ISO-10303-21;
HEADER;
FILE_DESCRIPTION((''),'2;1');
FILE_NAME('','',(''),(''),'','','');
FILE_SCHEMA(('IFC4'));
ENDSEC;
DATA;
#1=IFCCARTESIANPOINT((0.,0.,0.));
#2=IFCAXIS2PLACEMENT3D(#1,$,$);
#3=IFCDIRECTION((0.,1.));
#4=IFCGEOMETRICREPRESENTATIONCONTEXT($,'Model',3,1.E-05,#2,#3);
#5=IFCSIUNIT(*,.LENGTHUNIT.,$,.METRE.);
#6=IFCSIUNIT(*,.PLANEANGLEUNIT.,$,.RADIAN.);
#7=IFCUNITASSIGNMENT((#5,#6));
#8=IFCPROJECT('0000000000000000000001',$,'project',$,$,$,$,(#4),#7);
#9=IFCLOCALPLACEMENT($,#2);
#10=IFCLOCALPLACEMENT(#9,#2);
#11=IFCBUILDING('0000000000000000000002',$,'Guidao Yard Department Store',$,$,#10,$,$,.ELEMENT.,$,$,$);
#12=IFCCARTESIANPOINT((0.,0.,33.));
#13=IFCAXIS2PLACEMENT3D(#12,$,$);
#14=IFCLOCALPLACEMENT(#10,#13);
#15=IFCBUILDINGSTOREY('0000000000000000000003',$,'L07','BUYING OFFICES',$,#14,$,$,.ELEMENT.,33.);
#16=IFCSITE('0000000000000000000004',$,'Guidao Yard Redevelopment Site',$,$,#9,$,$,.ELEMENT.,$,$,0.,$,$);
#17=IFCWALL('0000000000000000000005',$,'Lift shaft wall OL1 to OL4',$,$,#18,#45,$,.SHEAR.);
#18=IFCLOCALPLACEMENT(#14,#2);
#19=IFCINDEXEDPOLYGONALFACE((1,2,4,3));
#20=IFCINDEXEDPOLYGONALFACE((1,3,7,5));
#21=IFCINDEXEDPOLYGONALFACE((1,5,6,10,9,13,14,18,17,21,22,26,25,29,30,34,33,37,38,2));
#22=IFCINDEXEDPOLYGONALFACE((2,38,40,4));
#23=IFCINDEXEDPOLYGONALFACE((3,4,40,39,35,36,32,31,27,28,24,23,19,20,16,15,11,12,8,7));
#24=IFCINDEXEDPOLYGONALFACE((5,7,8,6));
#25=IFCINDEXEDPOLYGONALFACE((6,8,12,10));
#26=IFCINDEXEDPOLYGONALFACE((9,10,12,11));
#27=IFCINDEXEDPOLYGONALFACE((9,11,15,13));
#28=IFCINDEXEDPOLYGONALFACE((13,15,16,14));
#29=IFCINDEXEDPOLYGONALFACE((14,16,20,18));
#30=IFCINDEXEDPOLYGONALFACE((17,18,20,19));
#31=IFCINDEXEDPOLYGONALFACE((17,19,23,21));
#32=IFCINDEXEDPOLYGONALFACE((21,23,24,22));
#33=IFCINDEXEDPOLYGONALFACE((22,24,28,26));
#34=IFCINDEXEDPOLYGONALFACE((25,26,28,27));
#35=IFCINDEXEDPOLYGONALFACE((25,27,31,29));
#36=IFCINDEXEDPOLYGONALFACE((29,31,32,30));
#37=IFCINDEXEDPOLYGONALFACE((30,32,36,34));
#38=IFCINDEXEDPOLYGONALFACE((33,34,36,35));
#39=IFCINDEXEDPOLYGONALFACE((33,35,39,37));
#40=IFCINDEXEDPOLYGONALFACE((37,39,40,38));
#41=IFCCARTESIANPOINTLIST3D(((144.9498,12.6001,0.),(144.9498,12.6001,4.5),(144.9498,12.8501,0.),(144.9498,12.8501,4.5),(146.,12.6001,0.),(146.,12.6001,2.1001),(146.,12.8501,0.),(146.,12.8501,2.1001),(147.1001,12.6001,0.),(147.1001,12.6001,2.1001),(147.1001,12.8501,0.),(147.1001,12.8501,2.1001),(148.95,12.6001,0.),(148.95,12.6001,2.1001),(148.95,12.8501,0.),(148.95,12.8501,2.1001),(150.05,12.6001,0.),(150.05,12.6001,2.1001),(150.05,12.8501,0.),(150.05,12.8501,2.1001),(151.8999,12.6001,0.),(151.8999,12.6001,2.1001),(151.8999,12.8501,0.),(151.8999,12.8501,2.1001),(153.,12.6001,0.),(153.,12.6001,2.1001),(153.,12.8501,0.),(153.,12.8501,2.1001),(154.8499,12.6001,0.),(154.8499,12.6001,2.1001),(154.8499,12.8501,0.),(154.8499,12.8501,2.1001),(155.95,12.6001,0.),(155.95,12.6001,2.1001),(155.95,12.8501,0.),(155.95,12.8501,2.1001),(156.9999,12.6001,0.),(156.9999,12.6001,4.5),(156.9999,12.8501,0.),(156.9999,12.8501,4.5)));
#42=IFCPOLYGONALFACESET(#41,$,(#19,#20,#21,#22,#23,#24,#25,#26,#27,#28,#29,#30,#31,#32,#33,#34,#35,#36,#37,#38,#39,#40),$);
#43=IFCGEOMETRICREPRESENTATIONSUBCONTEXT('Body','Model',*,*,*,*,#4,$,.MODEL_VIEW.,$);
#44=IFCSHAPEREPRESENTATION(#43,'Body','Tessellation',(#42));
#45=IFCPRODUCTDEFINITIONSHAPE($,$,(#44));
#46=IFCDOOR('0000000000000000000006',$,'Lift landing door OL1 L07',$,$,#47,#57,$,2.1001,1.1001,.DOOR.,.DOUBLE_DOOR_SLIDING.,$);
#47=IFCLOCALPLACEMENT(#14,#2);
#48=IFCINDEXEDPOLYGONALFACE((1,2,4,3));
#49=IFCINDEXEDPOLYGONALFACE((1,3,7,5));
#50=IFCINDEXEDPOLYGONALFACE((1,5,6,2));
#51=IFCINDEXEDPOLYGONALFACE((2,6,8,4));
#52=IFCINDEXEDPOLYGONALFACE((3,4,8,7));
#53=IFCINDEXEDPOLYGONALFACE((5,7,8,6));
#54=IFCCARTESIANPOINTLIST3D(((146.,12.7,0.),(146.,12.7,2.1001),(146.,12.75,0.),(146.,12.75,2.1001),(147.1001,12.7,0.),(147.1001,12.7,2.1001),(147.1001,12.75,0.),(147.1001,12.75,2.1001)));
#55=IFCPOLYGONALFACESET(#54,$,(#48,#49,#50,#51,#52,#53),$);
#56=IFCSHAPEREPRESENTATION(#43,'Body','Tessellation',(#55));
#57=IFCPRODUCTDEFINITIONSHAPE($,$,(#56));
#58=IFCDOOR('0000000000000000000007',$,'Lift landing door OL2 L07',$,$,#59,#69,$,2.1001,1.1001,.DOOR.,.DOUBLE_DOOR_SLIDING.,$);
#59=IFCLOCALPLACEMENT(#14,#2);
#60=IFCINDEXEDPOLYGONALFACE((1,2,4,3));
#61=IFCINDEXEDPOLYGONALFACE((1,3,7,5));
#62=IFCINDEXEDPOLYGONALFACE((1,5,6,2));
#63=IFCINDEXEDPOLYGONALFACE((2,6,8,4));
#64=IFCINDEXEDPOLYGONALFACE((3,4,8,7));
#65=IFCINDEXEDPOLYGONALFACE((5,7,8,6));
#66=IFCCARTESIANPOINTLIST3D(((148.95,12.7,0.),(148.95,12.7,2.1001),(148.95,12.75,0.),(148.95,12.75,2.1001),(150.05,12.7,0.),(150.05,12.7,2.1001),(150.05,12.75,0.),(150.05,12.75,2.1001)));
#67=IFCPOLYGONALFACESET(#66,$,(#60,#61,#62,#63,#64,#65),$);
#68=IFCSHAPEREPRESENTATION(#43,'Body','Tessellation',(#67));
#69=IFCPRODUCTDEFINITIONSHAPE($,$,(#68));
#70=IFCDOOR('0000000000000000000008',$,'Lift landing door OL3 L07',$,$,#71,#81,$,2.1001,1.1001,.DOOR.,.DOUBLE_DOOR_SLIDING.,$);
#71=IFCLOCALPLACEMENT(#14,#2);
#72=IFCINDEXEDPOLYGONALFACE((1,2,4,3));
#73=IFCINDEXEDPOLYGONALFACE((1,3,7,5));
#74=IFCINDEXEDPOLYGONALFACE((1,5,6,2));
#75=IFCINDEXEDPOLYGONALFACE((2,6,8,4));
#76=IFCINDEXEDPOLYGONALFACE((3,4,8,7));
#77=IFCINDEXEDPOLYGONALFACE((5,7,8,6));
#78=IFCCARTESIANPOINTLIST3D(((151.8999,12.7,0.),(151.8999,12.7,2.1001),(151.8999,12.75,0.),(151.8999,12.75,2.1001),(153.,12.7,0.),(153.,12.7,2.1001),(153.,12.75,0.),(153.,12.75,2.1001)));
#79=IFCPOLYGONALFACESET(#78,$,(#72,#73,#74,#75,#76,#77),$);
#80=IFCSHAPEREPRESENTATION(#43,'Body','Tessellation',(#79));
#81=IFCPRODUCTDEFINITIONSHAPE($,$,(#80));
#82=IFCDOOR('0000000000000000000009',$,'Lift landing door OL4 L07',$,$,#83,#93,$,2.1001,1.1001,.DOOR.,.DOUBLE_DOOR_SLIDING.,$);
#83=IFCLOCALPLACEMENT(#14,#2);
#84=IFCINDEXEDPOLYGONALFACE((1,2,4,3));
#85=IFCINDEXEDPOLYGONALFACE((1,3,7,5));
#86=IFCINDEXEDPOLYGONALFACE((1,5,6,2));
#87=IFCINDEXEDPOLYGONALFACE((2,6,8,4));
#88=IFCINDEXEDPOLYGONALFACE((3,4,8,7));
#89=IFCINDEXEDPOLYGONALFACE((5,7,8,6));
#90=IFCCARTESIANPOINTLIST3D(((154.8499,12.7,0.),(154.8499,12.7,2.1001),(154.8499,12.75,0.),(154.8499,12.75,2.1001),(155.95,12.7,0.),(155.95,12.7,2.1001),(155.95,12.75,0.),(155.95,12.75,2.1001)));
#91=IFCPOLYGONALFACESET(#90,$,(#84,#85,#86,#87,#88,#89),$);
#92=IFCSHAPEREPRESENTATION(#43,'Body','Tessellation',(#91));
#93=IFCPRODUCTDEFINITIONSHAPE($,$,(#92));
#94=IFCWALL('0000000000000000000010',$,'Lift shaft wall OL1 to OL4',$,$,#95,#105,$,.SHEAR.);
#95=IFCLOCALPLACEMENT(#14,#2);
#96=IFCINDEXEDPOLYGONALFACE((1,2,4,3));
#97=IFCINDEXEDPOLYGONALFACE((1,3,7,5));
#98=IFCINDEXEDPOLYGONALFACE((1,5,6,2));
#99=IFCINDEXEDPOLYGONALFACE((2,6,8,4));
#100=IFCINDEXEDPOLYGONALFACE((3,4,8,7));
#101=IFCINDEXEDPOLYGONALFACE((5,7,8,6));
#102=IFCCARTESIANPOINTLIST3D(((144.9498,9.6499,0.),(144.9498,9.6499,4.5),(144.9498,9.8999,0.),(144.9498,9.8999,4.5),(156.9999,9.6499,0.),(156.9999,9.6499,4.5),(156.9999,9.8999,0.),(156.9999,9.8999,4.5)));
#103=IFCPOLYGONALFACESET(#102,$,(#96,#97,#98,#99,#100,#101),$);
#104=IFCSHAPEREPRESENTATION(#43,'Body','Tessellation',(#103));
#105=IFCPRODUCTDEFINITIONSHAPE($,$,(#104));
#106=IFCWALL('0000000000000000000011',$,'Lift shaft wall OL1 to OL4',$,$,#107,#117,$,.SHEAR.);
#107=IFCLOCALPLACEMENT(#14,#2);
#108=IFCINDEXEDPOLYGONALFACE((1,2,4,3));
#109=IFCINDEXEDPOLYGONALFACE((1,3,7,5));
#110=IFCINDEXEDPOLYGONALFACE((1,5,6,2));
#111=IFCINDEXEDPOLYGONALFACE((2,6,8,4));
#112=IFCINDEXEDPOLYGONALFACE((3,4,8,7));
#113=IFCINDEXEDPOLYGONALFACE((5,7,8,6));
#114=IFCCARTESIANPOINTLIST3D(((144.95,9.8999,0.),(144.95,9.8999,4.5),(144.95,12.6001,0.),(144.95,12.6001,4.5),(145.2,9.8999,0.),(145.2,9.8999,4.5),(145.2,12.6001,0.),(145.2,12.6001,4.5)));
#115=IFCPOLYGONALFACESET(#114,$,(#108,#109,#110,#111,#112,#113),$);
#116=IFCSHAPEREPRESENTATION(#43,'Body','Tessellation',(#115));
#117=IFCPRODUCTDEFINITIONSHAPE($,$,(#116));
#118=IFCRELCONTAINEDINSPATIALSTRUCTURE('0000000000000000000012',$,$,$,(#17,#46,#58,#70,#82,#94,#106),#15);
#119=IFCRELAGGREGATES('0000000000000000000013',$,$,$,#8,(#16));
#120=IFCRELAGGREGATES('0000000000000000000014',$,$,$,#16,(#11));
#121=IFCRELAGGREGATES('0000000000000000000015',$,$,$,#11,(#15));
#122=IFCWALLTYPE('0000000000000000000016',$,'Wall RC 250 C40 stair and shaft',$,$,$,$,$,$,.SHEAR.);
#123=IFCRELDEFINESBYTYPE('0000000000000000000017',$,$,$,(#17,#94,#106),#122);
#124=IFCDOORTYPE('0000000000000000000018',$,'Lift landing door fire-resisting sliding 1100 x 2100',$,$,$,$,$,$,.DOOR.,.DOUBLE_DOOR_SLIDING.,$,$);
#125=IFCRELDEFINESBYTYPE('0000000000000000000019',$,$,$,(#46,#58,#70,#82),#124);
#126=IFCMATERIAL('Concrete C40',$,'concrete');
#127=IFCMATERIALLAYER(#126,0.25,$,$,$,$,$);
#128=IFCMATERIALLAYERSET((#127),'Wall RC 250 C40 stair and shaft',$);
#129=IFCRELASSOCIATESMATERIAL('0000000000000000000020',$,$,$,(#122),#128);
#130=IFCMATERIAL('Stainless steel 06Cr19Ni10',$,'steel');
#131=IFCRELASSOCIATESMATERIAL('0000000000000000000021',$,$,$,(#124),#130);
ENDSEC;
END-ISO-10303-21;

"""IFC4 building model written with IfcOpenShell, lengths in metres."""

from ifc_helpers import new_model, si_unit, direction, frame, frame_2d, origin, place, context, subcontext, project, spatial, rectangle, extrude, material, layer, layer_set, type_object, element, fill, save


model = new_model("IFC4")

# Units and contexts
model_context = context("Model", 3, precision=1e-05, world=origin(), true_north=direction((0.0, 1.0)))
body_context = subcontext(model_context, "Body", "Model", "MODEL_VIEW")
ifc_project = project(units=[si_unit("LENGTHUNIT", "METRE"), si_unit("PLANEANGLEUNIT", "RADIAN")], contexts=[model_context])

# Site, building, storey
site_placement = place(None, origin())
site = spatial("IfcSite", under=ifc_project, at=site_placement, Name="Guidao Yard Redevelopment Site", CompositionType="ELEMENT", RefElevation=0.0)
building_placement = place(site_placement, origin())
building = spatial("IfcBuilding", under=site, at=building_placement, Name="Guidao Yard Department Store", CompositionType="ELEMENT")
storey_placement = place(building_placement, frame((0.0, 0.0, 33.0)))
storey = spatial("IfcBuildingStorey", under=building, at=storey_placement, Name="L07", Description="BUYING OFFICES", CompositionType="ELEMENT", Elevation=33.0)

# Wall, openings, doors
ifc_material_1 = material(Name="Concrete C40", Category="concrete")
ifc_layer_1 = layer(ifc_material_1, 0.25)
ifc_layer_set_1 = layer_set([ifc_layer_1], Name="Wall RC 250 C40 stair and shaft")
wall_type_1 = type_object("IfcWallType", Name="Wall RC 250 C40 stair and shaft", PredefinedType="SHEAR", material=ifc_layer_set_1)
wall_1_placement = place(storey_placement, frame((144.95, 12.7251, 0.0), z_axis=(0.0, 0.0, 1.0), x_axis=(1.0, 0.0, 0.0)))
wall_1 = element("IfcWall", 1, at=wall_1_placement, inside=storey, type_object=wall_type_1, Name="Lift shaft wall OL1 to OL4", PredefinedType="SHEAR", context=body_context, shape_type="SweptSolid", body=[
    extrude(rectangle(XDim=12.05, YDim=0.25, at=frame_2d((6.0249, 0.0))), origin(), (0.0, 0.0, 1.0), 4.5),
])
opening_1_placement = place(wall_1_placement, frame((1.05, 0.0, 0.0)))
opening_1 = element("IfcOpeningElement", 2, at=opening_1_placement, cuts=wall_1, PredefinedType="OPENING", context=body_context, shape_type="SweptSolid", body=[
    extrude(rectangle(XDim=1.1001, YDim=2.1001, at=frame_2d((0.55, 1.05))), frame((0.0, 0.135, 0.0), z_axis=(0.0, -1.0, 0.0), x_axis=(1.0, 0.0, 0.0)), (0.0, 0.0, 1.0), 0.27),
])
opening_2_placement = place(wall_1_placement, frame((4.0, 0.0, 0.0)))
opening_2 = element("IfcOpeningElement", 3, at=opening_2_placement, cuts=wall_1, PredefinedType="OPENING", context=body_context, shape_type="SweptSolid", body=[
    extrude(rectangle(XDim=1.1001, YDim=2.1001, at=frame_2d((0.55, 1.05))), frame((0.0, 0.135, 0.0), z_axis=(0.0, -1.0, 0.0), x_axis=(1.0, 0.0, 0.0)), (0.0, 0.0, 1.0), 0.27),
])
opening_3_placement = place(wall_1_placement, frame((6.95, 0.0, 0.0)))
opening_3 = element("IfcOpeningElement", 4, at=opening_3_placement, cuts=wall_1, PredefinedType="OPENING", context=body_context, shape_type="SweptSolid", body=[
    extrude(rectangle(XDim=1.1001, YDim=2.1001, at=frame_2d((0.55, 1.05))), frame((0.0, 0.135, 0.0), z_axis=(0.0, -1.0, 0.0), x_axis=(1.0, 0.0, 0.0)), (0.0, 0.0, 1.0), 0.27),
])
opening_4_placement = place(wall_1_placement, frame((9.8999, 0.0, 0.0)))
opening_4 = element("IfcOpeningElement", 5, at=opening_4_placement, cuts=wall_1, PredefinedType="OPENING", context=body_context, shape_type="SweptSolid", body=[
    extrude(rectangle(XDim=1.1001, YDim=2.1001, at=frame_2d((0.55, 1.05))), frame((0.0, 0.135, 0.0), z_axis=(0.0, -1.0, 0.0), x_axis=(1.0, 0.0, 0.0)), (0.0, 0.0, 1.0), 0.27),
])
ifc_material_2 = material(Name="Stainless steel 06Cr19Ni10", Category="steel")
door_type_1 = type_object("IfcDoorType", Name="Lift landing door fire-resisting sliding 1100 x 2100", OperationType="DOUBLE_DOOR_SLIDING", PredefinedType="DOOR", material=ifc_material_2)
door_1_placement = place(opening_1_placement, origin())
door_1 = element("IfcDoor", 6, at=door_1_placement, inside=storey, type_object=door_type_1, Name="Lift landing door OL1 L07", OperationType="DOUBLE_DOOR_SLIDING", OverallHeight=2.1001, OverallWidth=1.1001, PredefinedType="DOOR", context=body_context, shape_type="SweptSolid", body=[
    extrude(rectangle(XDim=1.1001, YDim=2.1001, at=frame_2d((0.55, 1.05))), frame((0.0, 0.0249, 0.0), z_axis=(0.0, -1.0, 0.0), x_axis=(1.0, 0.0, 0.0)), (0.0, 0.0, 1.0), 0.05),
])
fill(opening_1, door_1)
door_2_placement = place(opening_2_placement, origin())
door_2 = element("IfcDoor", 7, at=door_2_placement, inside=storey, type_object=door_type_1, Name="Lift landing door OL2 L07", OperationType="DOUBLE_DOOR_SLIDING", OverallHeight=2.1001, OverallWidth=1.1001, PredefinedType="DOOR", context=body_context, shape_type="SweptSolid", body=[
    extrude(rectangle(XDim=1.1001, YDim=2.1001, at=frame_2d((0.55, 1.05))), frame((0.0, 0.0249, 0.0), z_axis=(0.0, -1.0, 0.0), x_axis=(1.0, 0.0, 0.0)), (0.0, 0.0, 1.0), 0.05),
])
fill(opening_2, door_2)
door_3_placement = place(opening_3_placement, origin())
door_3 = element("IfcDoor", 8, at=door_3_placement, inside=storey, type_object=door_type_1, Name="Lift landing door OL3 L07", OperationType="DOUBLE_DOOR_SLIDING", OverallHeight=2.1001, OverallWidth=1.1001, PredefinedType="DOOR", context=body_context, shape_type="SweptSolid", body=[
    extrude(rectangle(XDim=1.1001, YDim=2.1001, at=frame_2d((0.55, 1.05))), frame((0.0, 0.0249, 0.0), z_axis=(0.0, -1.0, 0.0), x_axis=(1.0, 0.0, 0.0)), (0.0, 0.0, 1.0), 0.05),
])
fill(opening_3, door_3)
door_4_placement = place(opening_4_placement, origin())
door_4 = element("IfcDoor", 9, at=door_4_placement, inside=storey, type_object=door_type_1, Name="Lift landing door OL4 L07", OperationType="DOUBLE_DOOR_SLIDING", OverallHeight=2.1001, OverallWidth=1.1001, PredefinedType="DOOR", context=body_context, shape_type="SweptSolid", body=[
    extrude(rectangle(XDim=1.1001, YDim=2.1001, at=frame_2d((0.55, 1.05))), frame((0.0, 0.0249, 0.0), z_axis=(0.0, -1.0, 0.0), x_axis=(1.0, 0.0, 0.0)), (0.0, 0.0, 1.0), 0.05),
])
fill(opening_4, door_4)

# Walls
wall_2_placement = place(storey_placement, frame((144.95, 9.7749, 0.0), z_axis=(0.0, 0.0, 1.0), x_axis=(1.0, 0.0, 0.0)))
element("IfcWall", 10, at=wall_2_placement, inside=storey, type_object=wall_type_1, Name="Lift shaft wall OL1 to OL4", PredefinedType="SHEAR", context=body_context, shape_type="SweptSolid", body=[
    extrude(rectangle(XDim=12.05, YDim=0.25, at=frame_2d((6.0249, 0.0))), origin(), (0.0, 0.0, 1.0), 4.5),
])
wall_3_placement = place(storey_placement, frame((145.075, 9.8999, 0.0), z_axis=(0.0, 0.0, 1.0), x_axis=(0.0, 1.0, 0.0)))
element("IfcWall", 11, at=wall_3_placement, inside=storey, type_object=wall_type_1, Name="Lift shaft wall OL1 to OL4", PredefinedType="SHEAR", context=body_context, shape_type="SweptSolid", body=[
    extrude(rectangle(XDim=2.7002, YDim=0.25, at=frame_2d((1.3501, 0.0))), origin(), (0.0, 0.0, 1.0), 4.5),
])

save(model, "model.ifc")
